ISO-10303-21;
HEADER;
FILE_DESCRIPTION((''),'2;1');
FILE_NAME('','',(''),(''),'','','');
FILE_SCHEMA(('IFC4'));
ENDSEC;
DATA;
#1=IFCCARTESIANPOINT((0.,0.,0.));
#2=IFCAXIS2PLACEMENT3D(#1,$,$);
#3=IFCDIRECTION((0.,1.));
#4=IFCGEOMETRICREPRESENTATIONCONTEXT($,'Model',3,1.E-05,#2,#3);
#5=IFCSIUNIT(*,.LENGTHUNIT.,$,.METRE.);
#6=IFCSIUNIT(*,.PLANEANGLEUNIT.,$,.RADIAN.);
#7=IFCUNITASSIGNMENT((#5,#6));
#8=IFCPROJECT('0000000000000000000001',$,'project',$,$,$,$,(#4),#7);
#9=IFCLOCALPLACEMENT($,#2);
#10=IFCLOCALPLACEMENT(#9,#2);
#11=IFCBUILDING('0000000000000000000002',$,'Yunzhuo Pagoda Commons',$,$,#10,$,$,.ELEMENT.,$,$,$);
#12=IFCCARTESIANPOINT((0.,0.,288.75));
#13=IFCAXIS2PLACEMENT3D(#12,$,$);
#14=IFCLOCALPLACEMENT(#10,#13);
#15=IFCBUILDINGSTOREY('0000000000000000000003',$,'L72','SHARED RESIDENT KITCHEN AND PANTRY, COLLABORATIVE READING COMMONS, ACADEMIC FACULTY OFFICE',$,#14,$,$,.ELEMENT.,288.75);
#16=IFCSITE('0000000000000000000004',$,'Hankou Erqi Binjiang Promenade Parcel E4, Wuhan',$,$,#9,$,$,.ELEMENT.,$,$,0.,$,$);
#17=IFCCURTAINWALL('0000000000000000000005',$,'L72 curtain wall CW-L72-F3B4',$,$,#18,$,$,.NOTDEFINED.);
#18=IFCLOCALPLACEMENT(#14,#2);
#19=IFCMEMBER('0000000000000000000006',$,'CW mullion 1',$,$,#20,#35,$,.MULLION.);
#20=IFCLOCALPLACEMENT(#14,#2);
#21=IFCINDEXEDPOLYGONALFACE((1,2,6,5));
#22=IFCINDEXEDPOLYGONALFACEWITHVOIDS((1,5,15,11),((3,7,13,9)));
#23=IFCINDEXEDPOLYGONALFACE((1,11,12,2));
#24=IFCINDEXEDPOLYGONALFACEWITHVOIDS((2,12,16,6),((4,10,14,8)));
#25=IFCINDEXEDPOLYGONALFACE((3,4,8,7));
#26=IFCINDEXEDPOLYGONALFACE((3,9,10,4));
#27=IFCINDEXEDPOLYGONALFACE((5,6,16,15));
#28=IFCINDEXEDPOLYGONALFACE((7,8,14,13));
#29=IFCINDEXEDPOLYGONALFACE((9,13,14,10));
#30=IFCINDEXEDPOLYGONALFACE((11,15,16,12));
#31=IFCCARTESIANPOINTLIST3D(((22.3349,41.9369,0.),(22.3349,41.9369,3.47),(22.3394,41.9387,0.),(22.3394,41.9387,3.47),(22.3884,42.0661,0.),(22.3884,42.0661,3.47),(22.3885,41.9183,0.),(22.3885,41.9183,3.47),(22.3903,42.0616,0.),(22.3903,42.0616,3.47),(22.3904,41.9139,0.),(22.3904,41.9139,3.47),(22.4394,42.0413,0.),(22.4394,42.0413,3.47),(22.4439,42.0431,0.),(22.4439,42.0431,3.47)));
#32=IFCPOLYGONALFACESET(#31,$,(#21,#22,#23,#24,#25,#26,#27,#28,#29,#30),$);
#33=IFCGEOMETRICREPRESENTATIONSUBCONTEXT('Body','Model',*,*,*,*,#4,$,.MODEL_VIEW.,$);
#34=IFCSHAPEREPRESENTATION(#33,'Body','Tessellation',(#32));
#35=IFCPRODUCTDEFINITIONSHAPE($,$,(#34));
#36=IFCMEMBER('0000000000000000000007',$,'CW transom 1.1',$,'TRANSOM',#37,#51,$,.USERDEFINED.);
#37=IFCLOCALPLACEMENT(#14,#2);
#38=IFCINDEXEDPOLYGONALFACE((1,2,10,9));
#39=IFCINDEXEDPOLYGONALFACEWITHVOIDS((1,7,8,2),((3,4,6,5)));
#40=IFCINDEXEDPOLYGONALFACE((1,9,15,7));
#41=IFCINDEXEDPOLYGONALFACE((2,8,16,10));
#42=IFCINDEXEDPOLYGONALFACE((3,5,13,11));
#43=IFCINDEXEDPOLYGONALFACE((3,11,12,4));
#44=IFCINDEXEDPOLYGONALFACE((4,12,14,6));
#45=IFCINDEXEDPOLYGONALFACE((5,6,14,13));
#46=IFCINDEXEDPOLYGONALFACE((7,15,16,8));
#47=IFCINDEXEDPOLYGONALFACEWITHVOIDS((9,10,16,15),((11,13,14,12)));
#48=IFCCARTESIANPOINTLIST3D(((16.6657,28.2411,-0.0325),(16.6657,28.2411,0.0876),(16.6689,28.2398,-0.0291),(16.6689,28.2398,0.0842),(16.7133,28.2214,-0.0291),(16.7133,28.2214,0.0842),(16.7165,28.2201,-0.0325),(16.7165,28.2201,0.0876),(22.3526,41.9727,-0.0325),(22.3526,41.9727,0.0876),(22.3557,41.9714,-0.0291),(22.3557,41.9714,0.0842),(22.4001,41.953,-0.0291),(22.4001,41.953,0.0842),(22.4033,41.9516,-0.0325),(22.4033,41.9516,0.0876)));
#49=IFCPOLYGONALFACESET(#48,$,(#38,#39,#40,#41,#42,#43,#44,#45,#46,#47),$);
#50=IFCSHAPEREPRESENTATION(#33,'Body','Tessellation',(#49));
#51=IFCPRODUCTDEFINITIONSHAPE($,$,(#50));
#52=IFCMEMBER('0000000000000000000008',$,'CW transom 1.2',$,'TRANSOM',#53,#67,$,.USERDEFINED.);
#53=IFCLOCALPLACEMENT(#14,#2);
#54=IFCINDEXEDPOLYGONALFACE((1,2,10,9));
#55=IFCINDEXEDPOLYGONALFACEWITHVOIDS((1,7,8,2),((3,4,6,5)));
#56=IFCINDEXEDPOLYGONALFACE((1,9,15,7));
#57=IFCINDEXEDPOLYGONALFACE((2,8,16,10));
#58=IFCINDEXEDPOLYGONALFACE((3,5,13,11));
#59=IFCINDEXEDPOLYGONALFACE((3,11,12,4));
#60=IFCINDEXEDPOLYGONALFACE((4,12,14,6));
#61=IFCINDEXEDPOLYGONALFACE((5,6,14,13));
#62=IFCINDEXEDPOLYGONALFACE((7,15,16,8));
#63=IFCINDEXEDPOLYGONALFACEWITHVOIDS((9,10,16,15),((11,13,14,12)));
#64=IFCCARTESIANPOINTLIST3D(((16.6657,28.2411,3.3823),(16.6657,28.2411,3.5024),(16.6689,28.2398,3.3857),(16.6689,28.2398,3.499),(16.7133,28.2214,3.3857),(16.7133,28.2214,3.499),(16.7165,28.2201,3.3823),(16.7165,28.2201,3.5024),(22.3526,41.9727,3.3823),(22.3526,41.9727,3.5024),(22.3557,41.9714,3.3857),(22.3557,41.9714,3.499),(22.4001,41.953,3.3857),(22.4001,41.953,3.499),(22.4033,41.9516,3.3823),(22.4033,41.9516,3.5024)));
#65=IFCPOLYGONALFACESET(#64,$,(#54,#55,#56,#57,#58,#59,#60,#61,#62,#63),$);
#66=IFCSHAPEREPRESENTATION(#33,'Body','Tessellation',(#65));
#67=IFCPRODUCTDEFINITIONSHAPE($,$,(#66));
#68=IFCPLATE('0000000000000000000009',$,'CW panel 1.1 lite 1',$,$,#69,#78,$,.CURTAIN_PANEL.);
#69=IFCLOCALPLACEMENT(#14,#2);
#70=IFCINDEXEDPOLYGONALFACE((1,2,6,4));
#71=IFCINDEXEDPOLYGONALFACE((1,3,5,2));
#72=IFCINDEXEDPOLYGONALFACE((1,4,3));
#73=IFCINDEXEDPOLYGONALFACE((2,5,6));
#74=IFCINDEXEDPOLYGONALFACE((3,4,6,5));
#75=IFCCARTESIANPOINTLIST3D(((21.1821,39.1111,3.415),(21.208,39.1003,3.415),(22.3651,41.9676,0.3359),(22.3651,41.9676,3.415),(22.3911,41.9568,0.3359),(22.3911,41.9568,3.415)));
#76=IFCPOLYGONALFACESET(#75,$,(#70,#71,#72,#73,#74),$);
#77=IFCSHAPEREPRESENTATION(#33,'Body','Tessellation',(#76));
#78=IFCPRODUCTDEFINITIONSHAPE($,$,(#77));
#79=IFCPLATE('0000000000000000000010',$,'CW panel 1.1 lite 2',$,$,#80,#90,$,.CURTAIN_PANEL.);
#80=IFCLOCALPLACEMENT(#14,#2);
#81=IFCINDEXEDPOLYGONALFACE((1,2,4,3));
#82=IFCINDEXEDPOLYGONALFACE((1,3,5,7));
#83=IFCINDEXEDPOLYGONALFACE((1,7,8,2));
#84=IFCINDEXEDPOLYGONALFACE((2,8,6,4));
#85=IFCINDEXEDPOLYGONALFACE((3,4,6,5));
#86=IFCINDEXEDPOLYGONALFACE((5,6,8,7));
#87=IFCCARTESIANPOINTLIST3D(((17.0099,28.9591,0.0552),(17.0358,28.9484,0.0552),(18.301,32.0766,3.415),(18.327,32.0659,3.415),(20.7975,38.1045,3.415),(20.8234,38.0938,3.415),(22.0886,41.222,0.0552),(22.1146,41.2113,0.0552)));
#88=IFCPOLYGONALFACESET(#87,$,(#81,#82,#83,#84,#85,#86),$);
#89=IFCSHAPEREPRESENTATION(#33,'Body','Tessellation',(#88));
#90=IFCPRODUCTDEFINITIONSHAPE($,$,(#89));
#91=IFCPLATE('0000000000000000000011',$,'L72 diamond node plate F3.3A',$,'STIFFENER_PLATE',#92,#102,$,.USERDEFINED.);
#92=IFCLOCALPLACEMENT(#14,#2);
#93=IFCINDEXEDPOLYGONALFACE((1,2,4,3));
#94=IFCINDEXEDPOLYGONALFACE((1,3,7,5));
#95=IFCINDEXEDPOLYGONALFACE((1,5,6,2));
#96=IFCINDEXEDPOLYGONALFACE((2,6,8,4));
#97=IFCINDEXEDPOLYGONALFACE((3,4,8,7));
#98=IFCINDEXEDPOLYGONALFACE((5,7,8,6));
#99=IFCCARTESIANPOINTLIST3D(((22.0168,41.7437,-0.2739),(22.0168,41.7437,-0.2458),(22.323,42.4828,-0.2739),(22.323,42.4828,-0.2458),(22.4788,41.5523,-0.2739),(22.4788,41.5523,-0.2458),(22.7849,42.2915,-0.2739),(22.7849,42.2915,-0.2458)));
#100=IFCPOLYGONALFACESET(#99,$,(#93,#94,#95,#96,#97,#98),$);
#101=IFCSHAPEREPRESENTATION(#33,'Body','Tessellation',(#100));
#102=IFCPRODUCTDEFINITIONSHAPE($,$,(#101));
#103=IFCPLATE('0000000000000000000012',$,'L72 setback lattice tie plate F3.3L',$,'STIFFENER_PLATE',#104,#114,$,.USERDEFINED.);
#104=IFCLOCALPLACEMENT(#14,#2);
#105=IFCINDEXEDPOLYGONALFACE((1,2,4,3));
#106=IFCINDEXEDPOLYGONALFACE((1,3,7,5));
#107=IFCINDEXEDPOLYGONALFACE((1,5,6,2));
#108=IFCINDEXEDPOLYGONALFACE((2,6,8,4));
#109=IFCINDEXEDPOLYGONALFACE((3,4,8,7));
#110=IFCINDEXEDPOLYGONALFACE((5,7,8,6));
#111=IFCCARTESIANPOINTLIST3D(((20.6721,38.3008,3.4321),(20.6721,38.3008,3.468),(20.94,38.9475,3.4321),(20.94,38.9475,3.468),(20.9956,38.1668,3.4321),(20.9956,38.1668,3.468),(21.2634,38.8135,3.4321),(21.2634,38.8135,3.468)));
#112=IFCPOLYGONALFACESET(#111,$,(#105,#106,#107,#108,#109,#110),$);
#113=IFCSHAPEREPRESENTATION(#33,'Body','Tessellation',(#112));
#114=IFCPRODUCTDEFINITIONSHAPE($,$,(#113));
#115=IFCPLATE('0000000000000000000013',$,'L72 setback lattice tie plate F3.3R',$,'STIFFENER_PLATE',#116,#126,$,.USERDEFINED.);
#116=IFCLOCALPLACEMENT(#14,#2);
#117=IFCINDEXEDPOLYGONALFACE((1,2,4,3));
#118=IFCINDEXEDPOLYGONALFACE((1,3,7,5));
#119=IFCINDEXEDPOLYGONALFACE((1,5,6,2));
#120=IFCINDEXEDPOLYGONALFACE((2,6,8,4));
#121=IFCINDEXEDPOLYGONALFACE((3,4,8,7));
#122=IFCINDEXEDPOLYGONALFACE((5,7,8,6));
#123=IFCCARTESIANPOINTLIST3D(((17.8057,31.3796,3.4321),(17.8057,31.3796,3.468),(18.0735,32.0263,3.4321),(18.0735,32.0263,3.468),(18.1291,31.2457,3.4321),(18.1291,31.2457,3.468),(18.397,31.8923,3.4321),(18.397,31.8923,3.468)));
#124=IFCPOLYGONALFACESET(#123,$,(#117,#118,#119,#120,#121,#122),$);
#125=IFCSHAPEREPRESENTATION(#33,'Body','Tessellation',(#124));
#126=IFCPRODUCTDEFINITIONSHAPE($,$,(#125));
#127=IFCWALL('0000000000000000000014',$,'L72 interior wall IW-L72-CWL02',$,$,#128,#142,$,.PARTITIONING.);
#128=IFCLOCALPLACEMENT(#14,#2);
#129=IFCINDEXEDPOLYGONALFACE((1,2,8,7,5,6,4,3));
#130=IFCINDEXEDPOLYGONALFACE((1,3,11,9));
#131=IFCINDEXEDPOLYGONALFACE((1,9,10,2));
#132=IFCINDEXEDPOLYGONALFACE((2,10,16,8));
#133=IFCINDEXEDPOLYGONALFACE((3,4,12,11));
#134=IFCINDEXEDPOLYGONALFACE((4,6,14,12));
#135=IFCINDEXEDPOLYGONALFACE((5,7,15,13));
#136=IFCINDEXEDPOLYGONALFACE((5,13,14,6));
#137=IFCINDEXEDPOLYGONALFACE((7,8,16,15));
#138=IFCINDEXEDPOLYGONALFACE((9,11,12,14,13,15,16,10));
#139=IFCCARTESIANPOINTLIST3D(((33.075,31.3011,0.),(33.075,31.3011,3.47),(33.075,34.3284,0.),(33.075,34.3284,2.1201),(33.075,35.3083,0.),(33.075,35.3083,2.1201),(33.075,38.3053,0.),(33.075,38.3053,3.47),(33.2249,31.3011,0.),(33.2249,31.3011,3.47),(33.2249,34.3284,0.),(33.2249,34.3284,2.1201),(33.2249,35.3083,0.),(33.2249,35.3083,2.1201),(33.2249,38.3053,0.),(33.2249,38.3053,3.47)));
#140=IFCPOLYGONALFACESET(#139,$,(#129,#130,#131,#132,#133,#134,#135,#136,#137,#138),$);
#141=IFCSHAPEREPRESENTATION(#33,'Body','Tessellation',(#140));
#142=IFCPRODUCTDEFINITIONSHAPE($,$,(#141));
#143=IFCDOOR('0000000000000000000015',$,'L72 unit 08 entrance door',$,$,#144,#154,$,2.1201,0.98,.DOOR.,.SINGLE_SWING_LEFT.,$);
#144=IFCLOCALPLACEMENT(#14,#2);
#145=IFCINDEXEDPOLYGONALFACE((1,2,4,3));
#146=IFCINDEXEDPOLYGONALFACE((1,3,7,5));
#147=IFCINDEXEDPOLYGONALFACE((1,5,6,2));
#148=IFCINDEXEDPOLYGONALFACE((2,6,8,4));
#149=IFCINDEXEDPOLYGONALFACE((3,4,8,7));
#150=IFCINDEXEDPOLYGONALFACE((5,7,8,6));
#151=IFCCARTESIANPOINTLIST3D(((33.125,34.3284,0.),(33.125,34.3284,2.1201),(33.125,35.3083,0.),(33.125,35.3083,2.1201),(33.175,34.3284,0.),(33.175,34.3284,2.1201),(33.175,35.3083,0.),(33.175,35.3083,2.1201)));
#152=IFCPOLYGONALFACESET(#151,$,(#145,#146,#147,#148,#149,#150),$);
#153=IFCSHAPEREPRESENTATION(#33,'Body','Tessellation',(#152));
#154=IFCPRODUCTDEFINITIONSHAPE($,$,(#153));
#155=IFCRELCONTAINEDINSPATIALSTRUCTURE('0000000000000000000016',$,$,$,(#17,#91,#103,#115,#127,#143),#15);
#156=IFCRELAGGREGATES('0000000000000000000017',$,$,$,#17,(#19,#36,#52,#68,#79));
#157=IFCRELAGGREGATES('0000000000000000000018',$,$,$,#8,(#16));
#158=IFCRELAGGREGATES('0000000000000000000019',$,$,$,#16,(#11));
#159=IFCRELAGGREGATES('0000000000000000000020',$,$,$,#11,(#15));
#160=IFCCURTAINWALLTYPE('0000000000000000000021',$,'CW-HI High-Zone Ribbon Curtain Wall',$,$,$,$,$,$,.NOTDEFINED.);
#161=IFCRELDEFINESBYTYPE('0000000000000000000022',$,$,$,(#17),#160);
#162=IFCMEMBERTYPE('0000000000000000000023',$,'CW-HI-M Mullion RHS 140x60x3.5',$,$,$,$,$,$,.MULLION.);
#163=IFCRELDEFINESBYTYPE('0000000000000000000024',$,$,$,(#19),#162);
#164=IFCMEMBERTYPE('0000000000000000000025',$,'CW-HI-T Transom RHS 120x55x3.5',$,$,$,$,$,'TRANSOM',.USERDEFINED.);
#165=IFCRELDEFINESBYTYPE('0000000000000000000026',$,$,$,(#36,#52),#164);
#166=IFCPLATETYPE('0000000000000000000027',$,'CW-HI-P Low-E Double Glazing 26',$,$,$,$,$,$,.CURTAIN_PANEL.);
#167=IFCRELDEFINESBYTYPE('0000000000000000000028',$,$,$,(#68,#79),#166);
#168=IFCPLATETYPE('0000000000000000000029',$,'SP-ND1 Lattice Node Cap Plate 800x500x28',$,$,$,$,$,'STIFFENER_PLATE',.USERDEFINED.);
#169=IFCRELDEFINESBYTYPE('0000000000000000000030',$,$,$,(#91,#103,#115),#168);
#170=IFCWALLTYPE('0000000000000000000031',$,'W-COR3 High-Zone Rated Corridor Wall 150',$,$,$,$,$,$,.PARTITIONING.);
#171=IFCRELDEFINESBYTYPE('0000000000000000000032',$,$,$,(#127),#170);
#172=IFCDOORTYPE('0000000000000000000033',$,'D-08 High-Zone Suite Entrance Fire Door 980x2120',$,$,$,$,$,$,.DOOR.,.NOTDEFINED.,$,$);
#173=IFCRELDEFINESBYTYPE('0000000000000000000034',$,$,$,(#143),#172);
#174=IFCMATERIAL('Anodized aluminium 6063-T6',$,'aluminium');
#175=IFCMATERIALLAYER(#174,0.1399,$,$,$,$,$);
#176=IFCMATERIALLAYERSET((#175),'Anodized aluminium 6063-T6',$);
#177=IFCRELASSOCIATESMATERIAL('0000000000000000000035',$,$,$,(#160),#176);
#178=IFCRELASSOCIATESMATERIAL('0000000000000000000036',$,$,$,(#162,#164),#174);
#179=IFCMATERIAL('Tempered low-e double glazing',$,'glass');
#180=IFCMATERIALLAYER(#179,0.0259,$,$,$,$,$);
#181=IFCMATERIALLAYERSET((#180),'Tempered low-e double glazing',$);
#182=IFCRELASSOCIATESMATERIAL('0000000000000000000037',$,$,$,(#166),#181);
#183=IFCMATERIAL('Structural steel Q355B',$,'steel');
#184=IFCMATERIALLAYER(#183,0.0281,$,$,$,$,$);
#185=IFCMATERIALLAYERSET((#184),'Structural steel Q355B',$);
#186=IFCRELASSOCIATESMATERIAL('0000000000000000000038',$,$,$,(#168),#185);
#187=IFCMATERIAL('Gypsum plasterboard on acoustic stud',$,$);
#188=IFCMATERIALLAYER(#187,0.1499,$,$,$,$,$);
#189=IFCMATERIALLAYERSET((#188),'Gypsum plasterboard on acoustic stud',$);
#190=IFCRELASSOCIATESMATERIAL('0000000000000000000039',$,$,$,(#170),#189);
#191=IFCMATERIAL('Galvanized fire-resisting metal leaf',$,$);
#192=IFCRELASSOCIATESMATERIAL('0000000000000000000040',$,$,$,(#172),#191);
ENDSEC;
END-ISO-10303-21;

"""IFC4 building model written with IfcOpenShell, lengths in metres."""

from ifc_helpers import new_model, si_unit, direction, frame, frame_2d, origin, origin_with_axes, origin_2d, place, context, subcontext, project, spatial, polyline, rectangle, hollow_rectangle, outline, extrude, source, transform, mapped, material, layer, layer_set, material_profile, profile_set, type_object, element, fill, aggregate, save


model = new_model("IFC4")

# Units and contexts
model_context = context("Model", 3, precision=1e-05, world=origin(), true_north=direction((0.0, 1.0)))
body_context = subcontext(model_context, "Body", "Model", "MODEL_VIEW")
ifc_project = project(units=[si_unit("LENGTHUNIT", "METRE"), si_unit("PLANEANGLEUNIT", "RADIAN")], contexts=[model_context])

# Site, building, storey
site_placement = place(None, origin())
site = spatial("IfcSite", under=ifc_project, at=site_placement, Name="Hankou Erqi Binjiang Promenade Parcel E4, Wuhan", CompositionType="ELEMENT", RefElevation=0.0)
building_placement = place(site_placement, origin())
building = spatial("IfcBuilding", under=site, at=building_placement, Name="Yunzhuo Pagoda Commons", CompositionType="ELEMENT")
storey_placement = place(building_placement, frame((0.0, 0.0, 288.75)))
storey = spatial("IfcBuildingStorey", under=building, at=storey_placement, Name="L72", Description="SHARED RESIDENT KITCHEN AND PANTRY, COLLABORATIVE READING COMMONS, ACADEMIC FACULTY OFFICE", CompositionType="ELEMENT", Elevation=288.75)

# Shared definitions
ifc_material_1 = material(Name="Structural steel Q355B", Category="steel")

# Curtain wall, members, plates
ifc_material_2 = material(Name="Anodized aluminium 6063-T6", Category="aluminium")
ifc_layer_1 = layer(ifc_material_2, 0.1399)
ifc_layer_set_1 = layer_set([ifc_layer_1], Name="Anodized aluminium 6063-T6")
curtain_wall_type = type_object("IfcCurtainWallType", Name="CW-HI High-Zone Ribbon Curtain Wall", PredefinedType="NOTDEFINED", material=ifc_layer_set_1)
curtain_wall_placement = place(storey_placement, origin())
curtain_wall = element("IfcCurtainWall", 1, at=curtain_wall_placement, inside=storey, type_object=curtain_wall_type, Name="L72 curtain wall CW-L72-F3B4", PredefinedType="NOTDEFINED")
ifc_material_profile_1 = material_profile(ifc_material_2, hollow_rectangle(XDim=0.0601, YDim=0.1399, WallThickness=0.0034, at=origin_2d()), Name="Anodized aluminium 6063-T6")
ifc_profile_set_1 = profile_set([ifc_material_profile_1], Name="Anodized aluminium 6063-T6")
member_type_1 = type_object("IfcMemberType", Name="CW-HI-M Mullion RHS 140x60x3.5", PredefinedType="MULLION", material=ifc_profile_set_1)
shared_shape_1 = source(origin(), body_context, "Body", "SweptSolid", [
    extrude(hollow_rectangle(XDim=0.0601, YDim=0.1399, WallThickness=0.0034, at=origin_2d()), origin(), (0.0, 0.0, 1.0), 3.47),
])
member_1_placement = place(storey_placement, frame((22.3894, 41.99, 0.0), z_axis=(0.0, 0.0, 1.0), x_axis=(0.923899, -0.382636, 0.0)))
member_1 = element("IfcMember", 2, at=member_1_placement, type_object=member_type_1, Name="CW mullion 1", PredefinedType="MULLION", context=body_context, shape_type="MappedRepresentation", body=[
    mapped(shared_shape_1, transform((0.0, 0.0, 0.0), scale=1.0)),
])
ifc_material_profile_2 = material_profile(ifc_material_2, hollow_rectangle(XDim=0.0549, YDim=0.1201, WallThickness=0.0034, at=origin_2d()), Name="Anodized aluminium 6063-T6")
ifc_profile_set_2 = profile_set([ifc_material_profile_2], Name="Anodized aluminium 6063-T6")
member_type_2 = type_object("IfcMemberType", Name="CW-HI-T Transom RHS 120x55x3.5", ElementType="TRANSOM", PredefinedType="USERDEFINED", material=ifc_profile_set_2)
shared_shape_2 = source(origin(), body_context, "Body", "SweptSolid", [
    extrude(hollow_rectangle(XDim=0.0549, YDim=0.1201, WallThickness=0.0034, at=origin_2d()), origin(), (0.0, 0.0, 1.0), 14.8625),
])
member_2_placement = place(storey_placement, frame((22.3779, 41.9622, 0.0276), z_axis=(-0.382627, -0.923903, 0.0), x_axis=(0.923903, -0.382627, 0.0)))
member_2 = element("IfcMember", 3, at=member_2_placement, type_object=member_type_2, Name="CW transom 1.1", ObjectType="TRANSOM", PredefinedType="USERDEFINED", context=body_context, shape_type="MappedRepresentation", body=[
    mapped(shared_shape_2, transform((0.0, 0.0, 0.0), scale=1.0)),
])
member_3_placement = place(storey_placement, frame((22.3779, 41.9622, 3.4424), z_axis=(-0.382627, -0.923903, 0.0), x_axis=(0.923903, -0.382627, 0.0)))
member_3 = element("IfcMember", 4, at=member_3_placement, type_object=member_type_2, Name="CW transom 1.2", ObjectType="TRANSOM", PredefinedType="USERDEFINED", context=body_context, shape_type="MappedRepresentation", body=[
    mapped(shared_shape_2, transform((0.0, 0.0, 0.0), scale=1.0)),
])
ifc_material_3 = material(Name="Tempered low-e double glazing", Category="glass")
ifc_layer_2 = layer(ifc_material_3, 0.0259)
ifc_layer_set_2 = layer_set([ifc_layer_2], Name="Tempered low-e double glazing")
plate_type_1 = type_object("IfcPlateType", Name="CW-HI-P Low-E Double Glazing 26", PredefinedType="CURTAIN_PANEL", material=ifc_layer_set_2)
plate_1_placement = place(storey_placement, frame((21.7996, 40.5286, 1.8755), z_axis=(-0.923899, 0.382636, 0.0), x_axis=(-0.382636, -0.923899, 0.0)))
plate_1 = element("IfcPlate", 5, at=plate_1_placement, type_object=plate_type_1, Name="CW panel 1.1 lite 1", PredefinedType="CURTAIN_PANEL", context=body_context, shape_type="SweptSolid", body=[
    extrude(outline(polyline([(-1.5459, -1.5396), (1.5459, 1.5396), (-1.5459, 1.5396), (-1.5459, -1.5396)])), origin(), (0.0, 0.0, 1.0), 0.0281),
])
plate_2_placement = place(storey_placement, frame((19.5752, 35.0798, 1.7351), z_axis=(-0.923899, 0.382636, 0.0), x_axis=(-0.382636, -0.923899, 0.0)))
plate_2 = element("IfcPlate", 6, at=plate_2_placement, type_object=plate_type_1, Name="CW panel 1.1 lite 2", PredefinedType="CURTAIN_PANEL", context=body_context, shape_type="SweptSolid", body=[
    extrude(outline(polyline([(-6.6365, -1.6799), (6.6365, -1.6799), (3.2622, 1.6799), (-3.2622, 1.6799), (-6.6365, -1.6799)])), origin(), (0.0, 0.0, 1.0), 0.0281),
])
aggregate(curtain_wall, [member_1, member_2, member_3, plate_1, plate_2])

# Plates
ifc_layer_3 = layer(ifc_material_1, 0.0281)
ifc_layer_set_3 = layer_set([ifc_layer_3], Name="Structural steel Q355B")
plate_type_2 = type_object("IfcPlateType", Name="SP-ND1 Lattice Node Cap Plate 800x500x28", ElementType="STIFFENER_PLATE", PredefinedType="USERDEFINED", material=ifc_layer_set_3)
shared_shape_3 = source(origin(), body_context, "Body", "SweptSolid", [
    extrude(rectangle(XDim=0.8, YDim=0.5, at=origin_2d()), origin(), (0.0, 0.0, 1.0), 0.0281),
])
plate_3_placement = place(storey_placement, frame((22.4009, 42.0176, -0.2739), z_axis=(0.0, 0.0, 1.0), x_axis=(-0.382635, -0.9239, 0.0)))
element("IfcPlate", 7, at=plate_3_placement, inside=storey, type_object=plate_type_2, Name="L72 diamond node plate F3.3A", ObjectType="STIFFENER_PLATE", PredefinedType="USERDEFINED", context=body_context, shape_type="MappedRepresentation", body=[
    mapped(shared_shape_3, transform((0.0, 0.0, 0.0), scale=1.0)),
])
shared_shape_4 = source(origin(), body_context, "Body", "SweptSolid", [
    extrude(rectangle(XDim=0.7, YDim=0.3501, at=origin_2d()), origin(), (0.0, 0.0, 1.0), 0.0359),
])
for number, where, z_axis, x_axis, name in (
    (8, (20.9678, 38.5571, 3.4321), (0.0, 0.0, 1.0), (-0.382635, -0.9239, 0.0), "L72 setback lattice tie plate F3.3L"),
    (9, (18.1013, 31.636, 3.4321), (0.0, 0.0, 1.0), (-0.382635, -0.9239, 0.0), "L72 setback lattice tie plate F3.3R"),
):
    element("IfcPlate", number, at=place(storey_placement, frame(where, z_axis=z_axis, x_axis=x_axis)), inside=storey, type_object=plate_type_2, Name=name, ObjectType="STIFFENER_PLATE", PredefinedType="USERDEFINED", context=body_context, shape_type="MappedRepresentation", body=[
        mapped(shared_shape_4, transform((0.0, 0.0, 0.0), scale=1.0)),
    ])

# Wall, opening, door
ifc_material_4 = material(Name="Gypsum plasterboard on acoustic stud")
ifc_layer_4 = layer(ifc_material_4, 0.1499)
ifc_layer_set_4 = layer_set([ifc_layer_4], Name="Gypsum plasterboard on acoustic stud")
wall_type_1 = type_object("IfcWallType", Name="W-COR3 High-Zone Rated Corridor Wall 150", PredefinedType="PARTITIONING", material=ifc_layer_set_4)
wall_1_placement = place(storey_placement, frame((33.1499, 31.3013, 0.0), z_axis=(0.0, 0.0, 1.0), x_axis=(0.0, 1.0, 0.0)))
wall_1 = element("IfcWall", 10, at=wall_1_placement, inside=storey, type_object=wall_type_1, Name="L72 interior wall IW-L72-CWL02", PredefinedType="PARTITIONING", context=body_context, shape_type="SweptSolid", body=[
    extrude(rectangle(XDim=7.0042, YDim=0.1499, at=frame_2d((3.502, 0.0))), origin(), (0.0, 0.0, 1.0), 3.47),
])
opening_1_placement = place(wall_1_placement, frame((3.0271, 0.0, 0.0)))
opening_1 = element("IfcOpeningElement", 11, at=opening_1_placement, cuts=wall_1, PredefinedType="OPENING", context=body_context, shape_type="SweptSolid", body=[
    extrude(rectangle(XDim=0.98, YDim=2.1201, at=frame_2d((0.49, 1.0601))), frame((0.0, 0.085, 0.0), z_axis=(0.0, -1.0, 0.0), x_axis=(1.0, 0.0, 0.0)), (0.0, 0.0, 1.0), 0.1699),
])
ifc_material_5 = material(Name="Galvanized fire-resisting metal leaf")
door_type_1 = type_object("IfcDoorType", Name="D-08 High-Zone Suite Entrance Fire Door 980x2120", OperationType="NOTDEFINED", PredefinedType="DOOR", material=ifc_material_5)
shared_shape_5 = source(origin(), body_context, "Body", "SweptSolid", [
    extrude(rectangle(XDim=0.98, YDim=2.1201, at=frame_2d((0.49, 1.0601))), frame((0.0, 0.0249, 0.0), z_axis=(0.0, -1.0, 0.0), x_axis=(1.0, 0.0, 0.0)), (0.0, 0.0, 1.0), 0.05),
])
door_1_placement = place(opening_1_placement, origin_with_axes())
door_1 = element("IfcDoor", 12, at=door_1_placement, inside=storey, type_object=door_type_1, Name="L72 unit 08 entrance door", OperationType="SINGLE_SWING_LEFT", OverallHeight=2.1201, OverallWidth=0.98, PredefinedType="DOOR", context=body_context, shape_type="MappedRepresentation", body=[
    mapped(shared_shape_5, transform((0.0, 0.0, 0.0), scale=1.0)),
])
fill(opening_1, door_1)

save(model, "model.ifc")
